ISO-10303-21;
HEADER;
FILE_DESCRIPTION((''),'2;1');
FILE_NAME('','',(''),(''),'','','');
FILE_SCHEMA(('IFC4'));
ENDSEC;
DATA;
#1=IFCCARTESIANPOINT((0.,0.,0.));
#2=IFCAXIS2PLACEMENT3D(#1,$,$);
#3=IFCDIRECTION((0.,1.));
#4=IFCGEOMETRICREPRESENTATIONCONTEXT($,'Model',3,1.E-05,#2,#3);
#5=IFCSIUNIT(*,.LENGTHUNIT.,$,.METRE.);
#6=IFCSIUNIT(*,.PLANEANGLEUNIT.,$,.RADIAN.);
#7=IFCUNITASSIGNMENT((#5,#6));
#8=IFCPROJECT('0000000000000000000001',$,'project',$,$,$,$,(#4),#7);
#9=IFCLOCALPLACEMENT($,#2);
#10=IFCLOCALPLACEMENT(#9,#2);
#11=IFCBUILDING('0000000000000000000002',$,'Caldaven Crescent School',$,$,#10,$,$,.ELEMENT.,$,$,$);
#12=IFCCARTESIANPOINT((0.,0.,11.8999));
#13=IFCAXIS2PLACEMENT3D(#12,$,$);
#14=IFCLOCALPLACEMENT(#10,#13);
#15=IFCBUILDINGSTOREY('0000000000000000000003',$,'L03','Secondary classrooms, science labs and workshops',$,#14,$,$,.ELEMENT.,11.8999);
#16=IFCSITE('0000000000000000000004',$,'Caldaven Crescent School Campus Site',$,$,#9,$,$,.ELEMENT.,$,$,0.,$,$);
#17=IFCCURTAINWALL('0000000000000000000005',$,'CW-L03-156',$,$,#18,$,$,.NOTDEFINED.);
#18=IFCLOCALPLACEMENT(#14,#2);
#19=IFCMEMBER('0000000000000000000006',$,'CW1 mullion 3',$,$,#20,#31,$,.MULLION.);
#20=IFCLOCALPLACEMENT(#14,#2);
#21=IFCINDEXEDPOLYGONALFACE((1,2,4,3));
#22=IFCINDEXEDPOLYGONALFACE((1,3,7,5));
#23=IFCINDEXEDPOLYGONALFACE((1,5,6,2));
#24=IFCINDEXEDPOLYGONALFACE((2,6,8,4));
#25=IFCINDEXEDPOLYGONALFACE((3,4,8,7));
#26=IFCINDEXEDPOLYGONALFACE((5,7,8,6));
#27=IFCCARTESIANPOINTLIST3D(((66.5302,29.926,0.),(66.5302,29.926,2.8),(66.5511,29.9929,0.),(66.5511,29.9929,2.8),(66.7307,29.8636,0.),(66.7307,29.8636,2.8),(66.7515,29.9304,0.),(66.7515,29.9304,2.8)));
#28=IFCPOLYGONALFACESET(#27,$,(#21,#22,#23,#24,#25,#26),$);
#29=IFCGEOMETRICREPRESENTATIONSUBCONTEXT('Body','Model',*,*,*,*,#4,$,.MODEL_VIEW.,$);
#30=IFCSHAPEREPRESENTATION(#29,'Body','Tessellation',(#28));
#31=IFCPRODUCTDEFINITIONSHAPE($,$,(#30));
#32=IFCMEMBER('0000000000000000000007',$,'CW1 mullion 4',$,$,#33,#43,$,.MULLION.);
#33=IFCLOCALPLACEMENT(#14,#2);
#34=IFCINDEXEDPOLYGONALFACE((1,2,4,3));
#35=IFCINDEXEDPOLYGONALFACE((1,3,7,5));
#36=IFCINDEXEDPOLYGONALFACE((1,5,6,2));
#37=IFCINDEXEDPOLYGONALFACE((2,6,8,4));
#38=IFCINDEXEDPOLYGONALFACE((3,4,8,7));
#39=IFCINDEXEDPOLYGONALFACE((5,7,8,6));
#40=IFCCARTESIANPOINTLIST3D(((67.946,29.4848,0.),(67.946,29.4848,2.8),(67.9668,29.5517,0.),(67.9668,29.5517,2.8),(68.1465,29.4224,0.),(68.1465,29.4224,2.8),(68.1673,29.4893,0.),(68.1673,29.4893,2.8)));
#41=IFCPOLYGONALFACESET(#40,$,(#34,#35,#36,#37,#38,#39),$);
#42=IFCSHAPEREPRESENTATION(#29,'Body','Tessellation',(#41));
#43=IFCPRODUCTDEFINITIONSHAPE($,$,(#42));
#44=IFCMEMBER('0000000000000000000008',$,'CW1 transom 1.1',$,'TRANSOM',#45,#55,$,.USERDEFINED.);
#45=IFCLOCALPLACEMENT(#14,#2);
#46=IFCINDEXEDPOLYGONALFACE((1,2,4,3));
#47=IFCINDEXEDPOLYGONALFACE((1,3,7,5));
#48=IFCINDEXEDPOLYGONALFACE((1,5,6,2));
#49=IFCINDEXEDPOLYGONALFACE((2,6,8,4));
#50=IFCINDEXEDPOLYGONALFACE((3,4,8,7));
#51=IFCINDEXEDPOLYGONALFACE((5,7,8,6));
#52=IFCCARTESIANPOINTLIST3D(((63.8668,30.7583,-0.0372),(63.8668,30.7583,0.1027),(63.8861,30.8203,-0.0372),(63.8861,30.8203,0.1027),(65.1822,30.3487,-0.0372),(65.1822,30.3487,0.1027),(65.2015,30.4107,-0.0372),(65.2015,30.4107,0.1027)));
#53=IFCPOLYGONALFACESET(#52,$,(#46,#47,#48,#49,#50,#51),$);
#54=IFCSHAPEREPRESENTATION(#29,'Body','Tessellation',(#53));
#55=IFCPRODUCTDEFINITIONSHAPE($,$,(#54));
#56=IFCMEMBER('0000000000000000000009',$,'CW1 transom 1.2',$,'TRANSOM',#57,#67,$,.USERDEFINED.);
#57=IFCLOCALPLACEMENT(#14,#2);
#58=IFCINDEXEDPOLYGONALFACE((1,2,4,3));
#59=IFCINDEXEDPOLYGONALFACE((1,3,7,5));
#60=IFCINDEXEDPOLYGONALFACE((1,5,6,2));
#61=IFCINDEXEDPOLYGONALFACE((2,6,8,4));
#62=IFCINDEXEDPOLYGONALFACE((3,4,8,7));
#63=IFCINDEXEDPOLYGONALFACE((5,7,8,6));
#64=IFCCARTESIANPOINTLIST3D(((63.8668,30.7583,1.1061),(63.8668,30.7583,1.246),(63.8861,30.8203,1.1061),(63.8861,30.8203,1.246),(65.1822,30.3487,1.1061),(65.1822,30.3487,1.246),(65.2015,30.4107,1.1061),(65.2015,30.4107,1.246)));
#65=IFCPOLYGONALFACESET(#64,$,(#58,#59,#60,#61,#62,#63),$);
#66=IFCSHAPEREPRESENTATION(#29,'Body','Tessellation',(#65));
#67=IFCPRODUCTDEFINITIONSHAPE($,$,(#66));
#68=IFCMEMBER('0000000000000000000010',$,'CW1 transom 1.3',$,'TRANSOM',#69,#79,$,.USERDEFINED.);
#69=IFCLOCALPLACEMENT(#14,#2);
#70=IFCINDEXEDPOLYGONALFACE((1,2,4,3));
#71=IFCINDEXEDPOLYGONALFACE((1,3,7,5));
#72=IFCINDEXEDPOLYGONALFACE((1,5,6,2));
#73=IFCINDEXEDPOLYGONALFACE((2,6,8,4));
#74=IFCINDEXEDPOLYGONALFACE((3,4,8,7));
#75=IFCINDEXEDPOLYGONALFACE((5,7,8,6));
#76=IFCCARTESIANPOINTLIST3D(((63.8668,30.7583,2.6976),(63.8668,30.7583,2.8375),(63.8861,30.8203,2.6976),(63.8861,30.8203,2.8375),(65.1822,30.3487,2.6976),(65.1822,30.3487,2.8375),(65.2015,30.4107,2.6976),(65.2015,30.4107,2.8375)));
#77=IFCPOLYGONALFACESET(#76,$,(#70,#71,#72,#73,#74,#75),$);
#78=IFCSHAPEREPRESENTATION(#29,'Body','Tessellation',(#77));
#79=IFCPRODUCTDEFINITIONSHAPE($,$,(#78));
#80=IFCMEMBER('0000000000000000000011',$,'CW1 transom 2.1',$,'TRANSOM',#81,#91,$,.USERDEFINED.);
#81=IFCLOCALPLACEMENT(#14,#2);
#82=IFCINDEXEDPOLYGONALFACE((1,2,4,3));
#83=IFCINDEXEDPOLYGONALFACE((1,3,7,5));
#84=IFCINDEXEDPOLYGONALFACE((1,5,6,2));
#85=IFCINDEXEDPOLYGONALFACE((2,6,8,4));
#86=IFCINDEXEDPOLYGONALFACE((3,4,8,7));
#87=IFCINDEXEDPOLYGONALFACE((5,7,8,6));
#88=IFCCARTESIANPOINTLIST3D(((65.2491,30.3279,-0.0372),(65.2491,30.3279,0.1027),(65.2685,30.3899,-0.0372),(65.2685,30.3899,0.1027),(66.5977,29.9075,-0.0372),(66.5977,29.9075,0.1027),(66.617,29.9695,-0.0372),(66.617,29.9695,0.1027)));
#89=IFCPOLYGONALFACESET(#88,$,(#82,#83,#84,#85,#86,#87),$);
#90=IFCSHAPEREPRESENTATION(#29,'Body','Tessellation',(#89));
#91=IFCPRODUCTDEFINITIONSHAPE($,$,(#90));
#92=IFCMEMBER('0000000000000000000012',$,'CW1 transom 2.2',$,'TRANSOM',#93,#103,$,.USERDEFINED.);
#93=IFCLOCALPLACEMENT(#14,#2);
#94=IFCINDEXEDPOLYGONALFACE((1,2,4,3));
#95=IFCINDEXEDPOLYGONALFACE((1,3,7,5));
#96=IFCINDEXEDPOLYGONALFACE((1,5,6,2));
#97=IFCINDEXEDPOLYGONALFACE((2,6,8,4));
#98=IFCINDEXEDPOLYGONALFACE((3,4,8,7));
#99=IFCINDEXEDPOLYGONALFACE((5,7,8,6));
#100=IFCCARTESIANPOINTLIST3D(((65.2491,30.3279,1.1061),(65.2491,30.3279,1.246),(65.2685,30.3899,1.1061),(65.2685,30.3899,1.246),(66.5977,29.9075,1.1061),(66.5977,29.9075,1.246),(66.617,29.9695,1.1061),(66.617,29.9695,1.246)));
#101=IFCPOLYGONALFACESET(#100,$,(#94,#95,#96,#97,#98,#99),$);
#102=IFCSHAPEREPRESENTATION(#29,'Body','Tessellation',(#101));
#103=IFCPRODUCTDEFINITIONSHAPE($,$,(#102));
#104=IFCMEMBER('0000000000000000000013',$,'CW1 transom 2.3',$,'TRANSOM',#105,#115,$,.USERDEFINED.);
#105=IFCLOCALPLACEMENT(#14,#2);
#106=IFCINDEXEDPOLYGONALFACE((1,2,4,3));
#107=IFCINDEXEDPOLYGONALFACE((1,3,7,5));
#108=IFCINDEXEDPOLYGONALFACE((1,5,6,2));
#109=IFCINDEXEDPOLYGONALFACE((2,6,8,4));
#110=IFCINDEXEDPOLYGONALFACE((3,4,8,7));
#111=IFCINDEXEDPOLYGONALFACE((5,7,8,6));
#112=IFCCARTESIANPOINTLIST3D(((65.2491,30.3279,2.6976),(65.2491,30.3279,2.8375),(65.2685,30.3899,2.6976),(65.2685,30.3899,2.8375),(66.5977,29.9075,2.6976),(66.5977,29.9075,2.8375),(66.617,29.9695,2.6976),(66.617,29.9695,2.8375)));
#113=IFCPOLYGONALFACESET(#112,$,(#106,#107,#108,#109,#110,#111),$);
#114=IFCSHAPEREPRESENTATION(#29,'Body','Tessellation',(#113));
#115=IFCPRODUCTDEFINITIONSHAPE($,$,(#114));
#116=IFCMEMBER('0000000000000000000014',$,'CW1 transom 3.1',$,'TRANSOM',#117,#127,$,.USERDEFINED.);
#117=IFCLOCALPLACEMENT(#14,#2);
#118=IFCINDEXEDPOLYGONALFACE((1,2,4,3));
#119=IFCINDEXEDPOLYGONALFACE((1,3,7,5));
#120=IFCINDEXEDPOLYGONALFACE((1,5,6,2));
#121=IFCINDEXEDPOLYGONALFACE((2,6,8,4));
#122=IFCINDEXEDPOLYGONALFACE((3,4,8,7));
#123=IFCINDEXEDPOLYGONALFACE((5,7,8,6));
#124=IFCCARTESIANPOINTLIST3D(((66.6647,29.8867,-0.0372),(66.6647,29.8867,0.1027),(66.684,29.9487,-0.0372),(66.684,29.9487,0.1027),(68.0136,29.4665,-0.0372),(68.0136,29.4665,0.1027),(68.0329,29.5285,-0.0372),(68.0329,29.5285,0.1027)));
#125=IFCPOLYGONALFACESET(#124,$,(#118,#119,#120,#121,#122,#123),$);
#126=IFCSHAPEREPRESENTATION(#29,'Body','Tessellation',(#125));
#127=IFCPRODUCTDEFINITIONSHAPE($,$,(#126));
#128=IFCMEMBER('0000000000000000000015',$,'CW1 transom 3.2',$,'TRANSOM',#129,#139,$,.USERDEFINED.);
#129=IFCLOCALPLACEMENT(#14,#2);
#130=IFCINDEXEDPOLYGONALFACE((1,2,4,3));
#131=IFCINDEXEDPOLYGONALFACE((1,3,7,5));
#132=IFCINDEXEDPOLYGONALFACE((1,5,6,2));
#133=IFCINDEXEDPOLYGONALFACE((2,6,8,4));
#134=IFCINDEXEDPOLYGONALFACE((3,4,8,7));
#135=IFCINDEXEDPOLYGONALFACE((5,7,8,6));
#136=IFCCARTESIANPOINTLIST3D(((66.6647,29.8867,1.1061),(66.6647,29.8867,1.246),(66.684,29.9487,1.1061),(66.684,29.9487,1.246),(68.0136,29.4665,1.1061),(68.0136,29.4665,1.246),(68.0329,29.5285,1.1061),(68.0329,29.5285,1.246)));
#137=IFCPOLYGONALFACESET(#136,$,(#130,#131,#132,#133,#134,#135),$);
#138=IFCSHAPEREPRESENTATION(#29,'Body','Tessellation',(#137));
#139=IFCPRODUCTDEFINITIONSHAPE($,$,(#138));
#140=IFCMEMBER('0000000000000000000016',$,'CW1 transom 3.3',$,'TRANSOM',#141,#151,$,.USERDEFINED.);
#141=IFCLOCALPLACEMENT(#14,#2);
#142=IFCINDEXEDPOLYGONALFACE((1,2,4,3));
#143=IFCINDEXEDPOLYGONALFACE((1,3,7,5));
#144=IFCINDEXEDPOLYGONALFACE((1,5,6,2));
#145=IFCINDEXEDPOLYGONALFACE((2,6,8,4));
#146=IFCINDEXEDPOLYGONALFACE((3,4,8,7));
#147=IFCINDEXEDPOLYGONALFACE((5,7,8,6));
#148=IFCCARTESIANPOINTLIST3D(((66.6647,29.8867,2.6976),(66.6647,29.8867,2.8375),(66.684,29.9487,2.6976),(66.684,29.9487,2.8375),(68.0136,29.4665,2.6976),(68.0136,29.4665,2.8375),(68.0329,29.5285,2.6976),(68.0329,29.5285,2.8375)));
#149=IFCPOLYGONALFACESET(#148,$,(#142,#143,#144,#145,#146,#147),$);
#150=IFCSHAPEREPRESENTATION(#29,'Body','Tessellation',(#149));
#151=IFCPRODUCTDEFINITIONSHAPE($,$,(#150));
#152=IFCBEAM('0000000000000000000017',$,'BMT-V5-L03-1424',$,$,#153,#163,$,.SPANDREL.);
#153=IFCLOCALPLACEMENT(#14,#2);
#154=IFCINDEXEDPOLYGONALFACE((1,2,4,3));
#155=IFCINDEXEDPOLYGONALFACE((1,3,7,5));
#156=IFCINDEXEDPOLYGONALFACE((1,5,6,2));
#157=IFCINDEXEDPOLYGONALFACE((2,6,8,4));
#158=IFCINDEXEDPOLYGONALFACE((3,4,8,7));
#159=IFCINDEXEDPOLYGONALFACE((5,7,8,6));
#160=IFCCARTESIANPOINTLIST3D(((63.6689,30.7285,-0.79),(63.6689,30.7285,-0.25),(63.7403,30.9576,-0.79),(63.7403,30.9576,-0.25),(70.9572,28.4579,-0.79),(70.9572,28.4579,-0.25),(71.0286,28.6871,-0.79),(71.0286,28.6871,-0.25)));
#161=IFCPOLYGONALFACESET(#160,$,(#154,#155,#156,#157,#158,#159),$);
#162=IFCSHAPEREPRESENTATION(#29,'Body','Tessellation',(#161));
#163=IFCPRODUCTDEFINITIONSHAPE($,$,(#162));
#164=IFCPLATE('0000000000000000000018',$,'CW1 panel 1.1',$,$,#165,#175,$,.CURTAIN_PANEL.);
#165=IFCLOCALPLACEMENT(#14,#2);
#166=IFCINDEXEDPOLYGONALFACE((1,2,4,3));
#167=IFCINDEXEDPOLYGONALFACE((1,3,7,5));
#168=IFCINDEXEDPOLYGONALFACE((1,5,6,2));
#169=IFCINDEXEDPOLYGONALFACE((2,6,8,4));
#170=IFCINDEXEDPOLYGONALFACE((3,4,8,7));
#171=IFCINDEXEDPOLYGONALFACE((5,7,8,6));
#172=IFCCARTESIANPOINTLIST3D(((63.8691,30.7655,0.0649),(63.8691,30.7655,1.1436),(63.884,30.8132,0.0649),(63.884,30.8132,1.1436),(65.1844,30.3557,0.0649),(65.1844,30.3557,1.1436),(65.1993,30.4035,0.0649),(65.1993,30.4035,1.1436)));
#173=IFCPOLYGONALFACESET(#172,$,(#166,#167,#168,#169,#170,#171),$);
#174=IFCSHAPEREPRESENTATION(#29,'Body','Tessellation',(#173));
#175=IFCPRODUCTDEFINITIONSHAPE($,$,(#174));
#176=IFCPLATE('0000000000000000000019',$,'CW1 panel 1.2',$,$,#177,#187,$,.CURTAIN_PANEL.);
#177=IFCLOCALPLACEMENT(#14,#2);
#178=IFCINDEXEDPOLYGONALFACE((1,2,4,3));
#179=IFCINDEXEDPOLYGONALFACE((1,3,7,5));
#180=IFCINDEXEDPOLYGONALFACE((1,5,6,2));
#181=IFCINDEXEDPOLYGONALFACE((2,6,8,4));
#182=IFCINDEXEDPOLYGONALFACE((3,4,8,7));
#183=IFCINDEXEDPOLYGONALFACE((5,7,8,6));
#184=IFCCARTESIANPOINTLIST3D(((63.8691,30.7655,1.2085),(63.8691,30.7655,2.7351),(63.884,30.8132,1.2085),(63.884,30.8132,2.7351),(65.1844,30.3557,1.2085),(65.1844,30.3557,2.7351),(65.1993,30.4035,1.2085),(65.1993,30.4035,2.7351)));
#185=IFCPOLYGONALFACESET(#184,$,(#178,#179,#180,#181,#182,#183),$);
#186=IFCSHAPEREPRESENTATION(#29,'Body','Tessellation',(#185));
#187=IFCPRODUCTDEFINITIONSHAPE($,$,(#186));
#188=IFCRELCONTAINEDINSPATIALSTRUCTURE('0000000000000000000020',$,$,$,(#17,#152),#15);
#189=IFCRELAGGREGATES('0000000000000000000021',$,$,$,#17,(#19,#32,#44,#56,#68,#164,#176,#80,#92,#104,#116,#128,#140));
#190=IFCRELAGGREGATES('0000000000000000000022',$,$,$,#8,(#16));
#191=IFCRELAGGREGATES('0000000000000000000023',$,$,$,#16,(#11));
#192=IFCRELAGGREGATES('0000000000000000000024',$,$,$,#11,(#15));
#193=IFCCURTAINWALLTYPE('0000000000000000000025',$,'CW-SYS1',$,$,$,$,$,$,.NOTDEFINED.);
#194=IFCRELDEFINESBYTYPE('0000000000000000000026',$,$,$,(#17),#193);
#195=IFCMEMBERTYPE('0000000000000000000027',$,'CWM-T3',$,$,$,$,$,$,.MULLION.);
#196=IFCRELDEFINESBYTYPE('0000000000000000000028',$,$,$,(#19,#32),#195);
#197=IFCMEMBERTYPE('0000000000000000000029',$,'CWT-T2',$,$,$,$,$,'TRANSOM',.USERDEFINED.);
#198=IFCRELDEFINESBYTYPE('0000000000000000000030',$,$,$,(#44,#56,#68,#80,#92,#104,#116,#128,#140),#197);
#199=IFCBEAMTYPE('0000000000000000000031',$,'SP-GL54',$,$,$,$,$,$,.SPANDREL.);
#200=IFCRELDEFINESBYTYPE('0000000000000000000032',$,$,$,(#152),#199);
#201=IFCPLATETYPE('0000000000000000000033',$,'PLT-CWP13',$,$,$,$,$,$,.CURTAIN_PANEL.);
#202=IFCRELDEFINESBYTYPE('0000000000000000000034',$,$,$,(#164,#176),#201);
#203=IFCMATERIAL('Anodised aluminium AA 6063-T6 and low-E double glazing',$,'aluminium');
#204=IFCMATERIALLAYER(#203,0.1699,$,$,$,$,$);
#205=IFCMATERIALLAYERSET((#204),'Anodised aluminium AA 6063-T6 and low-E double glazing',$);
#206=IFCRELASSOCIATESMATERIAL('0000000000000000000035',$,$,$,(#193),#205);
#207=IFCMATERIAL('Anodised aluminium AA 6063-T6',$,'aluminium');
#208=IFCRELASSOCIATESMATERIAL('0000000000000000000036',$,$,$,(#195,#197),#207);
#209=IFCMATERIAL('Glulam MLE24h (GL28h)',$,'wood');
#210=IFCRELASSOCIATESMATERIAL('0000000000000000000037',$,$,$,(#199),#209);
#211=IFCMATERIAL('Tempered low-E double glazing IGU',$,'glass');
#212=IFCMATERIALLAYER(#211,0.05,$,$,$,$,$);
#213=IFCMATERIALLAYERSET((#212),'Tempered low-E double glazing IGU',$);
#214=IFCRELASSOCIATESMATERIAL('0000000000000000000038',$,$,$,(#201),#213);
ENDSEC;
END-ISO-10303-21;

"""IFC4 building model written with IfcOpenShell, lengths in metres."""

from ifc_helpers import new_model, si_unit, direction, frame, origin, origin_2d, place, context, subcontext, project, spatial, rectangle, extrude, material, layer, layer_set, material_profile, profile_set, type_object, element, aggregate, save


model = new_model("IFC4")

# Units and contexts
model_context = context("Model", 3, precision=1e-05, world=origin(), true_north=direction((0.0, 1.0)))
body_context = subcontext(model_context, "Body", "Model", "MODEL_VIEW")
ifc_project = project(units=[si_unit("LENGTHUNIT", "METRE"), si_unit("PLANEANGLEUNIT", "RADIAN")], contexts=[model_context])

# Site, building, storey
site_placement = place(None, origin())
site = spatial("IfcSite", under=ifc_project, at=site_placement, Name="Caldaven Crescent School Campus Site", CompositionType="ELEMENT", RefElevation=0.0)
building_placement = place(site_placement, origin())
building = spatial("IfcBuilding", under=site, at=building_placement, Name="Caldaven Crescent School", CompositionType="ELEMENT")
storey_placement = place(building_placement, frame((0.0, 0.0, 11.8999)))
storey = spatial("IfcBuildingStorey", under=building, at=storey_placement, Name="L03", Description="Secondary classrooms, science labs and workshops", CompositionType="ELEMENT", Elevation=11.8999)

# Shared definitions
ifc_material_1 = material(Name="Glulam MLE24h (GL28h)", Category="wood")

# Curtain wall, members
ifc_material_2 = material(Name="Anodised aluminium AA 6063-T6 and low-E double glazing", Category="aluminium")
ifc_layer_1 = layer(ifc_material_2, 0.1699)
ifc_layer_set_1 = layer_set([ifc_layer_1], Name="Anodised aluminium AA 6063-T6 and low-E double glazing")
curtain_wall_type = type_object("IfcCurtainWallType", Name="CW-SYS1", PredefinedType="NOTDEFINED", material=ifc_layer_set_1)
curtain_wall_placement = place(storey_placement, origin())
curtain_wall = element("IfcCurtainWall", 1, at=curtain_wall_placement, inside=storey, type_object=curtain_wall_type, Name="CW-L03-156", PredefinedType="NOTDEFINED")
ifc_material_3 = material(Name="Anodised aluminium AA 6063-T6", Category="aluminium")
ifc_material_profile_1 = material_profile(ifc_material_3, rectangle(XDim=0.0701, YDim=0.21, at=origin_2d()), Name="CWM 70x210")
ifc_profile_set_1 = profile_set([ifc_material_profile_1], Name="Anodised aluminium AA 6063-T6")
member_type_1 = type_object("IfcMemberType", Name="CWM-T3", PredefinedType="MULLION", material=ifc_profile_set_1)
member_1_placement = place(storey_placement, frame((66.6409, 29.9282, 0.0), z_axis=(0.0, 0.0, 1.0), x_axis=(0.29742, 0.954747, 0.0)))
member_1 = element("IfcMember", 2, at=member_1_placement, type_object=member_type_1, Name="CW1 mullion 3", PredefinedType="MULLION", context=body_context, shape_type="SweptSolid", body=[
    extrude(rectangle(XDim=0.0701, YDim=0.21, at=origin_2d()), origin(), (0.0, 0.0, 1.0), 2.8),
])
member_2_placement = place(storey_placement, frame((68.0566, 29.4871, 0.0), z_axis=(0.0, 0.0, 1.0), x_axis=(0.29742, 0.954747, 0.0)))
member_2 = element("IfcMember", 3, at=member_2_placement, type_object=member_type_1, Name="CW1 mullion 4", PredefinedType="MULLION", context=body_context, shape_type="SweptSolid", body=[
    extrude(rectangle(XDim=0.0701, YDim=0.21, at=origin_2d()), origin(), (0.0, 0.0, 1.0), 2.8),
])
ifc_material_profile_2 = material_profile(ifc_material_3, rectangle(XDim=0.0649, YDim=0.1399, at=origin_2d()), Name="CWT 65x140")
ifc_profile_set_2 = profile_set([ifc_material_profile_2], Name="Anodised aluminium AA 6063-T6")
member_type_2 = type_object("IfcMemberType", Name="CWT-T2", ElementType="TRANSOM", PredefinedType="USERDEFINED", material=ifc_profile_set_2)
member_3_placement = place(storey_placement, frame((63.8765, 30.7893, 0.0327), z_axis=(0.95477, -0.297347, 0.0), x_axis=(0.297347, 0.95477, 0.0)))
member_3 = element("IfcMember", 4, at=member_3_placement, type_object=member_type_2, Name="CW1 transom 1.1", ObjectType="TRANSOM", PredefinedType="USERDEFINED", context=body_context, shape_type="SweptSolid", body=[
    extrude(rectangle(XDim=0.0649, YDim=0.1399, at=origin_2d()), origin(), (0.0, 0.0, 1.0), 1.3777),
])
member_4_placement = place(storey_placement, frame((63.8765, 30.7893, 1.176), z_axis=(0.95477, -0.297347, 0.0), x_axis=(0.297347, 0.95477, 0.0)))
member_4 = element("IfcMember", 5, at=member_4_placement, type_object=member_type_2, Name="CW1 transom 1.2", ObjectType="TRANSOM", PredefinedType="USERDEFINED", context=body_context, shape_type="SweptSolid", body=[
    extrude(rectangle(XDim=0.0649, YDim=0.1399, at=origin_2d()), origin(), (0.0, 0.0, 1.0), 1.3777),
])
member_5_placement = place(storey_placement, frame((63.8765, 30.7893, 2.7676), z_axis=(0.95477, -0.297347, 0.0), x_axis=(0.297347, 0.95477, 0.0)))
member_5 = element("IfcMember", 6, at=member_5_placement, type_object=member_type_2, Name="CW1 transom 1.3", ObjectType="TRANSOM", PredefinedType="USERDEFINED", context=body_context, shape_type="SweptSolid", body=[
    extrude(rectangle(XDim=0.0649, YDim=0.1399, at=origin_2d()), origin(), (0.0, 0.0, 1.0), 1.3777),
])
member_6_placement = place(storey_placement, frame((65.2588, 30.3589, 0.0327), z_axis=(0.954689, -0.297606, 0.0), x_axis=(0.297606, 0.954689, 0.0)))
member_6 = element("IfcMember", 7, at=member_6_placement, type_object=member_type_2, Name="CW1 transom 2.1", ObjectType="TRANSOM", PredefinedType="USERDEFINED", context=body_context, shape_type="SweptSolid", body=[
    extrude(rectangle(XDim=0.0649, YDim=0.1399, at=origin_2d()), origin(), (0.0, 0.0, 1.0), 1.4126),
])
member_7_placement = place(storey_placement, frame((65.2588, 30.3589, 1.176), z_axis=(0.954689, -0.297606, 0.0), x_axis=(0.297606, 0.954689, 0.0)))
member_7 = element("IfcMember", 8, at=member_7_placement, type_object=member_type_2, Name="CW1 transom 2.2", ObjectType="TRANSOM", PredefinedType="USERDEFINED", context=body_context, shape_type="SweptSolid", body=[
    extrude(rectangle(XDim=0.0649, YDim=0.1399, at=origin_2d()), origin(), (0.0, 0.0, 1.0), 1.4126),
])
member_8_placement = place(storey_placement, frame((65.2588, 30.3589, 2.7676), z_axis=(0.954689, -0.297606, 0.0), x_axis=(0.297606, 0.954689, 0.0)))
member_8 = element("IfcMember", 9, at=member_8_placement, type_object=member_type_2, Name="CW1 transom 2.3", ObjectType="TRANSOM", PredefinedType="USERDEFINED", context=body_context, shape_type="SweptSolid", body=[
    extrude(rectangle(XDim=0.0649, YDim=0.1399, at=origin_2d()), origin(), (0.0, 0.0, 1.0), 1.4126),
])
member_9_placement = place(storey_placement, frame((66.6743, 29.9177, 0.0327), z_axis=(0.954753, -0.297399, 0.0), x_axis=(0.297399, 0.954753, 0.0)))
member_9 = element("IfcMember", 10, at=member_9_placement, type_object=member_type_2, Name="CW1 transom 3.1", ObjectType="TRANSOM", PredefinedType="USERDEFINED", context=body_context, shape_type="SweptSolid", body=[
    extrude(rectangle(XDim=0.0649, YDim=0.1399, at=origin_2d()), origin(), (0.0, 0.0, 1.0), 1.4128),
])
member_10_placement = place(storey_placement, frame((66.6743, 29.9177, 1.176), z_axis=(0.954753, -0.297399, 0.0), x_axis=(0.297399, 0.954753, 0.0)))
member_10 = element("IfcMember", 11, at=member_10_placement, type_object=member_type_2, Name="CW1 transom 3.2", ObjectType="TRANSOM", PredefinedType="USERDEFINED", context=body_context, shape_type="SweptSolid", body=[
    extrude(rectangle(XDim=0.0649, YDim=0.1399, at=origin_2d()), origin(), (0.0, 0.0, 1.0), 1.4128),
])
member_11_placement = place(storey_placement, frame((66.6743, 29.9177, 2.7676), z_axis=(0.954753, -0.297399, 0.0), x_axis=(0.297399, 0.954753, 0.0)))
member_11 = element("IfcMember", 12, at=member_11_placement, type_object=member_type_2, Name="CW1 transom 3.3", ObjectType="TRANSOM", PredefinedType="USERDEFINED", context=body_context, shape_type="SweptSolid", body=[
    extrude(rectangle(XDim=0.0649, YDim=0.1399, at=origin_2d()), origin(), (0.0, 0.0, 1.0), 1.4128),
])

# Beam
ifc_material_profile_3 = material_profile(ifc_material_1, rectangle(XDim=0.24, YDim=0.54, at=origin_2d()), Name="MLE 240x540")
ifc_profile_set_3 = profile_set([ifc_material_profile_3], Name="Glulam MLE24h (GL28h)")
beam_type_1 = type_object("IfcBeamType", Name="SP-GL54", PredefinedType="SPANDREL", material=ifc_profile_set_3)
beam_placement = place(storey_placement, frame((63.7046, 30.843, -0.52), z_axis=(0.954744, -0.297428, 0.0), x_axis=(0.297428, 0.954744, 0.0)))
element("IfcBeam", 13, at=beam_placement, inside=storey, type_object=beam_type_1, Name="BMT-V5-L03-1424", PredefinedType="SPANDREL", context=body_context, shape_type="SweptSolid", body=[
    extrude(rectangle(XDim=0.24, YDim=0.54, at=origin_2d()), origin(), (0.0, 0.0, 1.0), 7.6338),
])

# Plates
ifc_material_4 = material(Name="Tempered low-E double glazing IGU", Category="glass")
ifc_layer_2 = layer(ifc_material_4, 0.05)
ifc_layer_set_2 = layer_set([ifc_layer_2], Name="Tempered low-E double glazing IGU")
plate_type = type_object("IfcPlateType", Name="PLT-CWP13", PredefinedType="CURTAIN_PANEL", material=ifc_layer_set_2)
plate_1_placement = place(storey_placement, frame((64.5342, 30.5845, 0.0649), z_axis=(0.0, 0.0, 1.0), x_axis=(0.954747, -0.29742, 0.0)))
plate_1 = element("IfcPlate", 14, at=plate_1_placement, type_object=plate_type, Name="CW1 panel 1.1", PredefinedType="CURTAIN_PANEL", context=body_context, shape_type="SweptSolid", body=[
    extrude(rectangle(XDim=1.3777, YDim=0.05, at=origin_2d()), origin(), (0.0, 0.0, 1.0), 1.0786),
])
plate_2_placement = place(storey_placement, frame((64.5342, 30.5845, 1.2085), z_axis=(0.0, 0.0, 1.0), x_axis=(0.954747, -0.29742, 0.0)))
plate_2 = element("IfcPlate", 15, at=plate_2_placement, type_object=plate_type, Name="CW1 panel 1.2", PredefinedType="CURTAIN_PANEL", context=body_context, shape_type="SweptSolid", body=[
    extrude(rectangle(XDim=1.3777, YDim=0.05, at=origin_2d()), origin(), (0.0, 0.0, 1.0), 1.5266),
])
aggregate(curtain_wall, [member_1, member_2, member_3, member_4, member_5, plate_1, plate_2, member_6, member_7, member_8, member_9, member_10, member_11])

save(model, "model.ifc")
